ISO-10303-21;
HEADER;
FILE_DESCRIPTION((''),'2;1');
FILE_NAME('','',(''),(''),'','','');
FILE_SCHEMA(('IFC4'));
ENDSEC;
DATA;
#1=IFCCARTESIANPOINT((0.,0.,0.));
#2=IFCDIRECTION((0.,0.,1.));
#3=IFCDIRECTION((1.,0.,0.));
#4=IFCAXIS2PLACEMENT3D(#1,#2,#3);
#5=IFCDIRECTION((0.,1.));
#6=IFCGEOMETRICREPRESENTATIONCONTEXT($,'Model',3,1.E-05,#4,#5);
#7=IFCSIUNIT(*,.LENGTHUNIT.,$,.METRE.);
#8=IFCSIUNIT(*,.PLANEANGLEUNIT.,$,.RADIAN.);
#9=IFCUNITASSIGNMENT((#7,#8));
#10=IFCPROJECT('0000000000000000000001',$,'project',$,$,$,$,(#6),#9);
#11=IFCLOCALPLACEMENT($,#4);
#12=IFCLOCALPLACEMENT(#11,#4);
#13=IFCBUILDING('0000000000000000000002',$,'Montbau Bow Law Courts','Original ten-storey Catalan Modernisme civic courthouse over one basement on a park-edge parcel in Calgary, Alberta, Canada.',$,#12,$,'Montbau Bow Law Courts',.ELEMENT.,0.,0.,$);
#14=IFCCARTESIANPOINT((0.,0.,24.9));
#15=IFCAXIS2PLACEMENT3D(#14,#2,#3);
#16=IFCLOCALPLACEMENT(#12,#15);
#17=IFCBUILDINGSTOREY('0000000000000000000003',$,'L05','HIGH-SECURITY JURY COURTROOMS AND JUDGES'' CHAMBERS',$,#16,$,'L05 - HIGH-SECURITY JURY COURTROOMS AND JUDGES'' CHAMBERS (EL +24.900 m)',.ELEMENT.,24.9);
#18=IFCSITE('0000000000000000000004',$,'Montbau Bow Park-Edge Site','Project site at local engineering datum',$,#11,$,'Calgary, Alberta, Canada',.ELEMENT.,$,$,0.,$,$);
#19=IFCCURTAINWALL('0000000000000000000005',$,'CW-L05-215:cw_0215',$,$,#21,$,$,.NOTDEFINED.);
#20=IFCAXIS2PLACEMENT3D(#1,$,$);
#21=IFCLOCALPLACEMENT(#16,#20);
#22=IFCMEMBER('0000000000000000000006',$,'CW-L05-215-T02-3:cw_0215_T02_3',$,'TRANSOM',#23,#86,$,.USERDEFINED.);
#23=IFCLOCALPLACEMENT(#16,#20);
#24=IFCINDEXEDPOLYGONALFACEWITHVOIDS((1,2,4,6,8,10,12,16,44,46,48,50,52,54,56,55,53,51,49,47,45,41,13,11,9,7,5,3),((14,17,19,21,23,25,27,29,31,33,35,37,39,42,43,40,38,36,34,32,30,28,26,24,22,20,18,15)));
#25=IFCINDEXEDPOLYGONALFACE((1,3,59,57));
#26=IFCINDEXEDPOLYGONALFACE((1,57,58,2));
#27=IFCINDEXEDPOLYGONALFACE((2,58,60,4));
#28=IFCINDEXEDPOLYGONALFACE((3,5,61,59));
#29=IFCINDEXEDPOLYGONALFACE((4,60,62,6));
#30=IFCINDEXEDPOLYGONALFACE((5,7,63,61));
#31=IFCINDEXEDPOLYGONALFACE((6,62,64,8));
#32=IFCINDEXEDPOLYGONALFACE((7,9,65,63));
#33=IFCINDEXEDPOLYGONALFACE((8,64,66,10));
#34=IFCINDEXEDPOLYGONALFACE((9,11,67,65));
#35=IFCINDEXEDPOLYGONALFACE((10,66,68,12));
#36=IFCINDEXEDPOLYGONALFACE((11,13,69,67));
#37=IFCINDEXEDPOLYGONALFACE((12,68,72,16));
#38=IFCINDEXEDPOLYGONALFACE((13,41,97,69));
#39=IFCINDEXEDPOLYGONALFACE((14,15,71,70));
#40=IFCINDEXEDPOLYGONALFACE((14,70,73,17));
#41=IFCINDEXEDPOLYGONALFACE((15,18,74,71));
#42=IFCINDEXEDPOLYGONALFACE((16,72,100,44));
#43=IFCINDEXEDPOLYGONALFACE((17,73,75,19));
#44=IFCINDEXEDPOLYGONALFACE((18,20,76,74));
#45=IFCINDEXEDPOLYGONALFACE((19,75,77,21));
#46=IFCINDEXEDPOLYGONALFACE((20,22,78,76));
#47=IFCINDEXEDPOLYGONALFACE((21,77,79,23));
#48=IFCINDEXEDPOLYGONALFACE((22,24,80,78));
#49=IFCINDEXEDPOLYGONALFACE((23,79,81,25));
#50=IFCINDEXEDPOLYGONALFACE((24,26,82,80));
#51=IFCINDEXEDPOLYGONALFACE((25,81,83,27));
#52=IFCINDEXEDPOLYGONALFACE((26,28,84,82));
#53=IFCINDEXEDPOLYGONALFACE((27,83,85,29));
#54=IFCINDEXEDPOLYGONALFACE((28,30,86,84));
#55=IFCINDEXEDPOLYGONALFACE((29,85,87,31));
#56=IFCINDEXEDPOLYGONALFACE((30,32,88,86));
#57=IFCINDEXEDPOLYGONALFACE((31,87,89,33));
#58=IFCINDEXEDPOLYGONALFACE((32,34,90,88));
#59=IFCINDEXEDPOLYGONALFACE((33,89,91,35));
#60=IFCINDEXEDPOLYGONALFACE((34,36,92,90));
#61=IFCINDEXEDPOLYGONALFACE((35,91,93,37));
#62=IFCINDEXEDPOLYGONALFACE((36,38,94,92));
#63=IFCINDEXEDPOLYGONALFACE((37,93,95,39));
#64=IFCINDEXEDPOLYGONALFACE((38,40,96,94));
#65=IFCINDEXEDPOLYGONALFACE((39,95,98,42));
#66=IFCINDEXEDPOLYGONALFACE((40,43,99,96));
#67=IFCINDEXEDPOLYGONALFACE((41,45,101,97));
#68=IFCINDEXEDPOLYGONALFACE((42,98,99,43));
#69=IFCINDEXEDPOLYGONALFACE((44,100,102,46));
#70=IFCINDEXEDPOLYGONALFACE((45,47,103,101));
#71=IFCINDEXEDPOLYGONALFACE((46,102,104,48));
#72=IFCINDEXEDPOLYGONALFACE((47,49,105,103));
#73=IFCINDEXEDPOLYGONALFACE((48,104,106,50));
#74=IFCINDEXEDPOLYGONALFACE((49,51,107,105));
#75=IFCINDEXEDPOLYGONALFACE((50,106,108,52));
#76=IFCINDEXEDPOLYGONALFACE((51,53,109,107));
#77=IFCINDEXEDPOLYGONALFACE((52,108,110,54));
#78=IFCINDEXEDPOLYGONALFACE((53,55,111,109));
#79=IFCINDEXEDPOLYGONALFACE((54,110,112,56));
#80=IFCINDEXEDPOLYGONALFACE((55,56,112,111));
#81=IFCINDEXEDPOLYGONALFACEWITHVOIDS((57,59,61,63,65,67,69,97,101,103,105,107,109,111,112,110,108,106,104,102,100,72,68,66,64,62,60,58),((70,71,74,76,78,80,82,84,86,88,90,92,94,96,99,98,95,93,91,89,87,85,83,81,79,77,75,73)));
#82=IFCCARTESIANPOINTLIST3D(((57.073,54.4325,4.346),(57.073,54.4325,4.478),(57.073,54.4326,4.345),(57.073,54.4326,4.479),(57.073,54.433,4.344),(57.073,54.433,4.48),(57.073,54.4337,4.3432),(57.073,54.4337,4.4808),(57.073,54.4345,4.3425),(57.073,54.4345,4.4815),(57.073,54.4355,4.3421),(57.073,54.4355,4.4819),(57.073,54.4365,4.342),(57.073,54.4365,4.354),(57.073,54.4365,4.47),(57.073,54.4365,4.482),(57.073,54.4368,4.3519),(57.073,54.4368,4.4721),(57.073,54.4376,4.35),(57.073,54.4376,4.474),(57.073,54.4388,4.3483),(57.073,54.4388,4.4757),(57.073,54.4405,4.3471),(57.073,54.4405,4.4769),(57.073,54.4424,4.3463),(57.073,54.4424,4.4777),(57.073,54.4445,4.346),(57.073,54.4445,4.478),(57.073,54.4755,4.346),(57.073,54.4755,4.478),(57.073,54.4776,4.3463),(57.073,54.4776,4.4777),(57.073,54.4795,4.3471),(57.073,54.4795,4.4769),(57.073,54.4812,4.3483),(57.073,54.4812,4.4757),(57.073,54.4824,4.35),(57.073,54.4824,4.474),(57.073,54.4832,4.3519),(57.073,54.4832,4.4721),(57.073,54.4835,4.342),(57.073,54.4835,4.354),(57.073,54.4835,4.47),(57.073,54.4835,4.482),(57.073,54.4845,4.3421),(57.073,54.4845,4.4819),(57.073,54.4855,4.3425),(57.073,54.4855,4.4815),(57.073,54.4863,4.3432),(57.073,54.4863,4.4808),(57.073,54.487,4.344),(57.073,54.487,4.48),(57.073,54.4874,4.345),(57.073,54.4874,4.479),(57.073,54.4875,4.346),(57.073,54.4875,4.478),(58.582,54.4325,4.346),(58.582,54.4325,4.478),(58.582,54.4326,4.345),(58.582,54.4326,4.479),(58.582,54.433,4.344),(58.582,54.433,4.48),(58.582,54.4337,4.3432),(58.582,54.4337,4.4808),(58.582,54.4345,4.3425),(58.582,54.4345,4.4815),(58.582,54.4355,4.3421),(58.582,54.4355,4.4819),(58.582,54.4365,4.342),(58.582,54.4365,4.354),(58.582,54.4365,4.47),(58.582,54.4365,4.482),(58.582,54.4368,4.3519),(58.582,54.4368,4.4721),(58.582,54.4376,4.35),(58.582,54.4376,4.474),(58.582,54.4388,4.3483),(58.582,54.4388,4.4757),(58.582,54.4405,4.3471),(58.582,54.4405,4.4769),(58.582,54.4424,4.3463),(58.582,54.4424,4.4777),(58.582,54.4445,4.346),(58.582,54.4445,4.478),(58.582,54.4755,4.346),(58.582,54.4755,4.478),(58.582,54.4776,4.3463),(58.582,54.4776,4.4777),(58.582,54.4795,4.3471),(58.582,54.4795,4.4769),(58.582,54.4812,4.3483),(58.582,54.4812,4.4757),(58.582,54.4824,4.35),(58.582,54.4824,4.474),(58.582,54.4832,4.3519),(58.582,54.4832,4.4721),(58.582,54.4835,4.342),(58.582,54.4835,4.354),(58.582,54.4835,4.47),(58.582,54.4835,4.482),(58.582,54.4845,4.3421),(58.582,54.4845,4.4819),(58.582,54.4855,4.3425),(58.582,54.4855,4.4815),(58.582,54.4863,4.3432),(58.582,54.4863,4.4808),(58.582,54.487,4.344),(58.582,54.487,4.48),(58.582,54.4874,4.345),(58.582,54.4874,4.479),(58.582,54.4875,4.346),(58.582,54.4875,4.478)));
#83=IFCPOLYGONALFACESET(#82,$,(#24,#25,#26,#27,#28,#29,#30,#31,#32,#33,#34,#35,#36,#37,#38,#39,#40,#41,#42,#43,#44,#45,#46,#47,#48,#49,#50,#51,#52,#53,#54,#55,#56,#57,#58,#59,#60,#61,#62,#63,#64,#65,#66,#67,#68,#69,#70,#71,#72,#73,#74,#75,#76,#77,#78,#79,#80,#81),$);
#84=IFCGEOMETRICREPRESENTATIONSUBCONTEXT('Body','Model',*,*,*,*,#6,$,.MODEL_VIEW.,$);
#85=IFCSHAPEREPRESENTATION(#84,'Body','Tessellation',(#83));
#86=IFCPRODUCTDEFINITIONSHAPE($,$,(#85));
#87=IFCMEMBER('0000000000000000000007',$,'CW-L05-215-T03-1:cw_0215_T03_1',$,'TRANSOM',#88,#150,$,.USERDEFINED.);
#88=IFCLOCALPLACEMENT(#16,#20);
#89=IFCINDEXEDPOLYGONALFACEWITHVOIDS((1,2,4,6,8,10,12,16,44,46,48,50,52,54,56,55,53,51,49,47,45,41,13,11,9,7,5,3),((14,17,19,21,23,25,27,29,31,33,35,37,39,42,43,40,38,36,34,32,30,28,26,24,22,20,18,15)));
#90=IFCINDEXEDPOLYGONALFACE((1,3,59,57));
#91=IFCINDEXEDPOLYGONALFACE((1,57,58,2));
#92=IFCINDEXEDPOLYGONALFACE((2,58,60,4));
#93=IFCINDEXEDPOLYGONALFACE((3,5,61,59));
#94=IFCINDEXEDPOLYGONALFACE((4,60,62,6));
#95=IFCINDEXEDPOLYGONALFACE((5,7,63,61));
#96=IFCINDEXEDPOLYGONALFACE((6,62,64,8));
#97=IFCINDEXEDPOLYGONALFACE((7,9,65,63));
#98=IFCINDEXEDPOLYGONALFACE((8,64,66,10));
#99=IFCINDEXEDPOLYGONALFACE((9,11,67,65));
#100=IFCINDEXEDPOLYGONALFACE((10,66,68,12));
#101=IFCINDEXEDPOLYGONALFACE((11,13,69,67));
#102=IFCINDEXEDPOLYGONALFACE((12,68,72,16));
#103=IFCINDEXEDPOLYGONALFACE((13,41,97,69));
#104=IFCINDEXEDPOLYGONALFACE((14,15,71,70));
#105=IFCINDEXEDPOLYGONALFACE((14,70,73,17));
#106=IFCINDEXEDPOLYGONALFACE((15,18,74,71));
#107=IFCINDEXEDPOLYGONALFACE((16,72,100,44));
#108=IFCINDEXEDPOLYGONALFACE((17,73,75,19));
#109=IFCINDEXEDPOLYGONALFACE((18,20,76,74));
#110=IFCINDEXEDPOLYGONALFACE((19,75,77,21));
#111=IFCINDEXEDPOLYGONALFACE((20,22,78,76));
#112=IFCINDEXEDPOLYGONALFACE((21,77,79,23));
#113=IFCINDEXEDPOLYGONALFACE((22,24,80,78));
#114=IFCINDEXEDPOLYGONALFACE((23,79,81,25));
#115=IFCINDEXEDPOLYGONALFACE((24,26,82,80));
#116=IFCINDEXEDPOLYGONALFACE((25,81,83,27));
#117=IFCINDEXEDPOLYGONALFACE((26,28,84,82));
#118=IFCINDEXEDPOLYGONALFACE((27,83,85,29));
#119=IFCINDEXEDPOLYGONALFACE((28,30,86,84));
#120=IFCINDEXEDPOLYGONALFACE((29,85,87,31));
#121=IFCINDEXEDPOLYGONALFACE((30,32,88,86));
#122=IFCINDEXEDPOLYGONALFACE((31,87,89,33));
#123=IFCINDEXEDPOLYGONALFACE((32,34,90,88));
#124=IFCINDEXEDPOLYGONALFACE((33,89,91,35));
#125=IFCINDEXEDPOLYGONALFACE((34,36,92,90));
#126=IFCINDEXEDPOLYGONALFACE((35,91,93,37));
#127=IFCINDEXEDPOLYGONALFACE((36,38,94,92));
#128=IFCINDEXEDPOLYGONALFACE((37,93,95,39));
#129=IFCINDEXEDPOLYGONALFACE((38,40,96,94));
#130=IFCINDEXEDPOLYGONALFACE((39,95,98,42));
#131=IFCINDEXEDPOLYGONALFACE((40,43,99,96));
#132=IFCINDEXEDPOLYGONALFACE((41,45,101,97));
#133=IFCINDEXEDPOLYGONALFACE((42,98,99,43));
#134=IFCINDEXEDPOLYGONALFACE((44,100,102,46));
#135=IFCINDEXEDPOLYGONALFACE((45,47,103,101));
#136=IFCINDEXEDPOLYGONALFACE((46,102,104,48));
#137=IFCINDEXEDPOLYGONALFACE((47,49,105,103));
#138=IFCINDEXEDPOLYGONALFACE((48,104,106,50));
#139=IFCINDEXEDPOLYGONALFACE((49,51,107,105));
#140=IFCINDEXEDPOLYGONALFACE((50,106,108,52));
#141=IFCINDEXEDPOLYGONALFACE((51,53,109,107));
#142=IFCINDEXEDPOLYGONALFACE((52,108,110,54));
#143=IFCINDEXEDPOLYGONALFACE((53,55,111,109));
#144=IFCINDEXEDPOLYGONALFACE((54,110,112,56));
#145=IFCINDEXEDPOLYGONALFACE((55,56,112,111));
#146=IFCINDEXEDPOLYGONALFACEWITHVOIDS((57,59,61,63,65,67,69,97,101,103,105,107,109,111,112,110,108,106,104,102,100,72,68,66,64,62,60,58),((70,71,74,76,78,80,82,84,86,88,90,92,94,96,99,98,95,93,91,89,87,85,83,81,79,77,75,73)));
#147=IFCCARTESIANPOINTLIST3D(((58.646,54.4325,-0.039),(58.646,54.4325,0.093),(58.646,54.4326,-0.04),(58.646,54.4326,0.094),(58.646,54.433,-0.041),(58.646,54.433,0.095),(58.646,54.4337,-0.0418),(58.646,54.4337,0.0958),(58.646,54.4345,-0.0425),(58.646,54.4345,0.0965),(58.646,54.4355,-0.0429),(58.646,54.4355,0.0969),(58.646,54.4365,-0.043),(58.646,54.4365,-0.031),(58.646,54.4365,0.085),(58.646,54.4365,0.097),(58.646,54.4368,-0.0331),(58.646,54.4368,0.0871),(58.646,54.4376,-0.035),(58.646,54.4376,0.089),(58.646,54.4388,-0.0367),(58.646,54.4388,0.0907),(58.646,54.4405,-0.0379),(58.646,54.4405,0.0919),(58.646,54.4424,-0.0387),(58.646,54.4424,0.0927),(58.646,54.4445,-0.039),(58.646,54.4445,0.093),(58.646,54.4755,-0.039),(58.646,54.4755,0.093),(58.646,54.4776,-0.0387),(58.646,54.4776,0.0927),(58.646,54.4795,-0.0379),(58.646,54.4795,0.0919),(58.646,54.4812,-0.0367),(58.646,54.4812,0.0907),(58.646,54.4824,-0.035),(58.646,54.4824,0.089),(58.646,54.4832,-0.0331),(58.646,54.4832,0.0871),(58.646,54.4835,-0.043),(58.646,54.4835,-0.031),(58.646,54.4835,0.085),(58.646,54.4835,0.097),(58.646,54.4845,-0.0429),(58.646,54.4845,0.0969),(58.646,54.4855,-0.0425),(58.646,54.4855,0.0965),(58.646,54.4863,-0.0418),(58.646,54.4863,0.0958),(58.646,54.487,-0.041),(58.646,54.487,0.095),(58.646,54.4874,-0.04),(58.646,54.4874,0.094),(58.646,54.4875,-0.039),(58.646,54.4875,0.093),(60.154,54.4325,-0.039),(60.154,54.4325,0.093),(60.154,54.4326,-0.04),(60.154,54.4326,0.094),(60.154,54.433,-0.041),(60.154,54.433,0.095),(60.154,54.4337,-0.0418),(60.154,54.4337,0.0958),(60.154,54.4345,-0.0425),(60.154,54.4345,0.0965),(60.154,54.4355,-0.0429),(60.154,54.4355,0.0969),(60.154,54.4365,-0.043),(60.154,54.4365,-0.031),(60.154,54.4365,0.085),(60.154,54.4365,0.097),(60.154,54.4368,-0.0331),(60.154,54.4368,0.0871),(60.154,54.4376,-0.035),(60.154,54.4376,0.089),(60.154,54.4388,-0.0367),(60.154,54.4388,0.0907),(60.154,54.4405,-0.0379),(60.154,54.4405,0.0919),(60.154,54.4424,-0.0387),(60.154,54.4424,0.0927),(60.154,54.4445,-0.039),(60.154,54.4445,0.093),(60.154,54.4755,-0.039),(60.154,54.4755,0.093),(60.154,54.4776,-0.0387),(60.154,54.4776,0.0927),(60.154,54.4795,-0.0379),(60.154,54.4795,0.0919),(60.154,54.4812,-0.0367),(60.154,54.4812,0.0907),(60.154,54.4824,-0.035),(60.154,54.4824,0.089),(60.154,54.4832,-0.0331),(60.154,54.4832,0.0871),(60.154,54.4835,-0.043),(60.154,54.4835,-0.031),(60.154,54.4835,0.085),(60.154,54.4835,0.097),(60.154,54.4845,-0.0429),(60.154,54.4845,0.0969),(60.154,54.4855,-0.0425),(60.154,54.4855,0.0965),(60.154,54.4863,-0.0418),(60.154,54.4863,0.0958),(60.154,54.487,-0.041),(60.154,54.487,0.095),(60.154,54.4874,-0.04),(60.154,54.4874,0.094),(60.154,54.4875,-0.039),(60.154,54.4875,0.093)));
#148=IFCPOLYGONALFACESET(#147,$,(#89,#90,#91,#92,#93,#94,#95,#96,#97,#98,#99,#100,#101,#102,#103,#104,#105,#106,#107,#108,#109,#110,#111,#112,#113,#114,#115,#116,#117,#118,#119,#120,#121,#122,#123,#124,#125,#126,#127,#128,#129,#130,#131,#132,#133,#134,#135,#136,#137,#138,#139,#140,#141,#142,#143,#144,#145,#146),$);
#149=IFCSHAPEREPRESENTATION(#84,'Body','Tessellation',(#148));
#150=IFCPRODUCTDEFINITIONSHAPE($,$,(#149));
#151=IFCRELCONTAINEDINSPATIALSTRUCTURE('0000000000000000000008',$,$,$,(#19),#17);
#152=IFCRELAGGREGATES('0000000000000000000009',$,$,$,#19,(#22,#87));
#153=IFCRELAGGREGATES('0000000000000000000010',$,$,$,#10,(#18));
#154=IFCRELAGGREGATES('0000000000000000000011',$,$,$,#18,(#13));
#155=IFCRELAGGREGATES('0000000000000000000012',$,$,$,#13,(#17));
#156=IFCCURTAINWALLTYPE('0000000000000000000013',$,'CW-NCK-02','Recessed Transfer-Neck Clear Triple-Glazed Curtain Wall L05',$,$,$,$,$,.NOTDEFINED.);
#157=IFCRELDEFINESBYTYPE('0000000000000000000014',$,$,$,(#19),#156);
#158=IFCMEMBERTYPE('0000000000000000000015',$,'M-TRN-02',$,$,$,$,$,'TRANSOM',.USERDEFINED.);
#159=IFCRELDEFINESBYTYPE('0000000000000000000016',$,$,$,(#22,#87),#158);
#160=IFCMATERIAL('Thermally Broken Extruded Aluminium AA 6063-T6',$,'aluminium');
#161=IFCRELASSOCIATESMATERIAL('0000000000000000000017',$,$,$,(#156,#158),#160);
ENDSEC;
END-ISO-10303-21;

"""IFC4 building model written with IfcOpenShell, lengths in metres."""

from ifc_helpers import new_model, si_unit, direction, frame, origin_with_axes, origin_2d_with_axis, place, context, subcontext, project, spatial, hollow_rectangle, extrude, material, material_profile, profile_set, type_object, element, aggregate, save


model = new_model("IFC4")

# Units and contexts
model_context = context("Model", 3, precision=1e-05, world=origin_with_axes(), true_north=direction((0.0, 1.0)))
body_context = subcontext(model_context, "Body", "Model", "MODEL_VIEW")
ifc_project = project(units=[si_unit("LENGTHUNIT", "METRE"), si_unit("PLANEANGLEUNIT", "RADIAN")], contexts=[model_context])

# Site, building, storey
site_placement = place(None, origin_with_axes())
site = spatial("IfcSite", under=ifc_project, at=site_placement, Name="Montbau Bow Park-Edge Site", Description="Project site at local engineering datum", LongName="Calgary, Alberta, Canada", CompositionType="ELEMENT", RefElevation=0.0)
building_placement = place(site_placement, origin_with_axes())
building = spatial("IfcBuilding", under=site, at=building_placement, Name="Montbau Bow Law Courts", Description="Original ten-storey Catalan Modernisme civic courthouse over one basement on a park-edge parcel in Calgary, Alberta, Canada.", LongName="Montbau Bow Law Courts", CompositionType="ELEMENT", ElevationOfRefHeight=0.0, ElevationOfTerrain=0.0)
storey_placement = place(building_placement, frame((0.0, 0.0, 24.9), z_axis=(0.0, 0.0, 1.0), x_axis=(1.0, 0.0, 0.0)))
storey = spatial("IfcBuildingStorey", under=building, at=storey_placement, Name="L05", Description="HIGH-SECURITY JURY COURTROOMS AND JUDGES' CHAMBERS", LongName="L05 - HIGH-SECURITY JURY COURTROOMS AND JUDGES' CHAMBERS (EL +24.900 m)", CompositionType="ELEMENT", Elevation=24.9)

# Curtain wall, members
ifc_material_1 = material(Name="Thermally Broken Extruded Aluminium AA 6063-T6", Category="aluminium")
curtain_wall_type = type_object("IfcCurtainWallType", Name="CW-NCK-02", Description="Recessed Transfer-Neck Clear Triple-Glazed Curtain Wall L05", PredefinedType="NOTDEFINED", material=ifc_material_1)
curtain_wall_placement = place(None, frame((55.468, 54.46, 24.9), z_axis=(0.0, 0.0, 1.0), x_axis=(1.0, 0.0, 0.0)))
curtain_wall = element("IfcCurtainWall", 1, at=curtain_wall_placement, inside=storey, type_object=curtain_wall_type, Name="CW-L05-215:cw_0215", PredefinedType="NOTDEFINED")
ifc_material_profile_1 = material_profile(ifc_material_1, hollow_rectangle(XDim=0.055, YDim=0.14, WallThickness=0.004, InnerFilletRadius=0.008, OuterFilletRadius=0.004, at=origin_2d_with_axis()), Name="CWT-140X55", Category="Main", Priority=0)
ifc_profile_set_1 = profile_set([ifc_material_profile_1], Name="Thermally Broken Extruded Aluminium AA 6063-T6")
member_type_1 = type_object("IfcMemberType", Name="M-TRN-02", ElementType="TRANSOM", PredefinedType="USERDEFINED", material=ifc_profile_set_1)
member_1_placement = place(None, frame((57.073, 54.46, 29.312), z_axis=(1.0, 0.0, 0.0), x_axis=(0.0, 1.0, 0.0)))
member_1 = element("IfcMember", 2, at=member_1_placement, type_object=member_type_1, Name="CW-L05-215-T02-3:cw_0215_T02_3", ObjectType="TRANSOM", PredefinedType="USERDEFINED", context=body_context, shape_type="SweptSolid", body=[
    extrude(hollow_rectangle(XDim=0.055, YDim=0.14, WallThickness=0.004, InnerFilletRadius=0.008, OuterFilletRadius=0.004, at=origin_2d_with_axis()), origin_with_axes(), (0.0, 0.0, 1.0), 1.509),
])
member_2_placement = place(None, frame((58.646, 54.46, 24.927), z_axis=(1.0, 0.0, 0.0), x_axis=(0.0, 1.0, 0.0)))
member_2 = element("IfcMember", 3, at=member_2_placement, type_object=member_type_1, Name="CW-L05-215-T03-1:cw_0215_T03_1", ObjectType="TRANSOM", PredefinedType="USERDEFINED", context=body_context, shape_type="SweptSolid", body=[
    extrude(hollow_rectangle(XDim=0.055, YDim=0.14, WallThickness=0.004, InnerFilletRadius=0.008, OuterFilletRadius=0.004, at=origin_2d_with_axis()), origin_with_axes(), (0.0, 0.0, 1.0), 1.508),
])
aggregate(curtain_wall, [member_1, member_2])

save(model, "model.ifc")
